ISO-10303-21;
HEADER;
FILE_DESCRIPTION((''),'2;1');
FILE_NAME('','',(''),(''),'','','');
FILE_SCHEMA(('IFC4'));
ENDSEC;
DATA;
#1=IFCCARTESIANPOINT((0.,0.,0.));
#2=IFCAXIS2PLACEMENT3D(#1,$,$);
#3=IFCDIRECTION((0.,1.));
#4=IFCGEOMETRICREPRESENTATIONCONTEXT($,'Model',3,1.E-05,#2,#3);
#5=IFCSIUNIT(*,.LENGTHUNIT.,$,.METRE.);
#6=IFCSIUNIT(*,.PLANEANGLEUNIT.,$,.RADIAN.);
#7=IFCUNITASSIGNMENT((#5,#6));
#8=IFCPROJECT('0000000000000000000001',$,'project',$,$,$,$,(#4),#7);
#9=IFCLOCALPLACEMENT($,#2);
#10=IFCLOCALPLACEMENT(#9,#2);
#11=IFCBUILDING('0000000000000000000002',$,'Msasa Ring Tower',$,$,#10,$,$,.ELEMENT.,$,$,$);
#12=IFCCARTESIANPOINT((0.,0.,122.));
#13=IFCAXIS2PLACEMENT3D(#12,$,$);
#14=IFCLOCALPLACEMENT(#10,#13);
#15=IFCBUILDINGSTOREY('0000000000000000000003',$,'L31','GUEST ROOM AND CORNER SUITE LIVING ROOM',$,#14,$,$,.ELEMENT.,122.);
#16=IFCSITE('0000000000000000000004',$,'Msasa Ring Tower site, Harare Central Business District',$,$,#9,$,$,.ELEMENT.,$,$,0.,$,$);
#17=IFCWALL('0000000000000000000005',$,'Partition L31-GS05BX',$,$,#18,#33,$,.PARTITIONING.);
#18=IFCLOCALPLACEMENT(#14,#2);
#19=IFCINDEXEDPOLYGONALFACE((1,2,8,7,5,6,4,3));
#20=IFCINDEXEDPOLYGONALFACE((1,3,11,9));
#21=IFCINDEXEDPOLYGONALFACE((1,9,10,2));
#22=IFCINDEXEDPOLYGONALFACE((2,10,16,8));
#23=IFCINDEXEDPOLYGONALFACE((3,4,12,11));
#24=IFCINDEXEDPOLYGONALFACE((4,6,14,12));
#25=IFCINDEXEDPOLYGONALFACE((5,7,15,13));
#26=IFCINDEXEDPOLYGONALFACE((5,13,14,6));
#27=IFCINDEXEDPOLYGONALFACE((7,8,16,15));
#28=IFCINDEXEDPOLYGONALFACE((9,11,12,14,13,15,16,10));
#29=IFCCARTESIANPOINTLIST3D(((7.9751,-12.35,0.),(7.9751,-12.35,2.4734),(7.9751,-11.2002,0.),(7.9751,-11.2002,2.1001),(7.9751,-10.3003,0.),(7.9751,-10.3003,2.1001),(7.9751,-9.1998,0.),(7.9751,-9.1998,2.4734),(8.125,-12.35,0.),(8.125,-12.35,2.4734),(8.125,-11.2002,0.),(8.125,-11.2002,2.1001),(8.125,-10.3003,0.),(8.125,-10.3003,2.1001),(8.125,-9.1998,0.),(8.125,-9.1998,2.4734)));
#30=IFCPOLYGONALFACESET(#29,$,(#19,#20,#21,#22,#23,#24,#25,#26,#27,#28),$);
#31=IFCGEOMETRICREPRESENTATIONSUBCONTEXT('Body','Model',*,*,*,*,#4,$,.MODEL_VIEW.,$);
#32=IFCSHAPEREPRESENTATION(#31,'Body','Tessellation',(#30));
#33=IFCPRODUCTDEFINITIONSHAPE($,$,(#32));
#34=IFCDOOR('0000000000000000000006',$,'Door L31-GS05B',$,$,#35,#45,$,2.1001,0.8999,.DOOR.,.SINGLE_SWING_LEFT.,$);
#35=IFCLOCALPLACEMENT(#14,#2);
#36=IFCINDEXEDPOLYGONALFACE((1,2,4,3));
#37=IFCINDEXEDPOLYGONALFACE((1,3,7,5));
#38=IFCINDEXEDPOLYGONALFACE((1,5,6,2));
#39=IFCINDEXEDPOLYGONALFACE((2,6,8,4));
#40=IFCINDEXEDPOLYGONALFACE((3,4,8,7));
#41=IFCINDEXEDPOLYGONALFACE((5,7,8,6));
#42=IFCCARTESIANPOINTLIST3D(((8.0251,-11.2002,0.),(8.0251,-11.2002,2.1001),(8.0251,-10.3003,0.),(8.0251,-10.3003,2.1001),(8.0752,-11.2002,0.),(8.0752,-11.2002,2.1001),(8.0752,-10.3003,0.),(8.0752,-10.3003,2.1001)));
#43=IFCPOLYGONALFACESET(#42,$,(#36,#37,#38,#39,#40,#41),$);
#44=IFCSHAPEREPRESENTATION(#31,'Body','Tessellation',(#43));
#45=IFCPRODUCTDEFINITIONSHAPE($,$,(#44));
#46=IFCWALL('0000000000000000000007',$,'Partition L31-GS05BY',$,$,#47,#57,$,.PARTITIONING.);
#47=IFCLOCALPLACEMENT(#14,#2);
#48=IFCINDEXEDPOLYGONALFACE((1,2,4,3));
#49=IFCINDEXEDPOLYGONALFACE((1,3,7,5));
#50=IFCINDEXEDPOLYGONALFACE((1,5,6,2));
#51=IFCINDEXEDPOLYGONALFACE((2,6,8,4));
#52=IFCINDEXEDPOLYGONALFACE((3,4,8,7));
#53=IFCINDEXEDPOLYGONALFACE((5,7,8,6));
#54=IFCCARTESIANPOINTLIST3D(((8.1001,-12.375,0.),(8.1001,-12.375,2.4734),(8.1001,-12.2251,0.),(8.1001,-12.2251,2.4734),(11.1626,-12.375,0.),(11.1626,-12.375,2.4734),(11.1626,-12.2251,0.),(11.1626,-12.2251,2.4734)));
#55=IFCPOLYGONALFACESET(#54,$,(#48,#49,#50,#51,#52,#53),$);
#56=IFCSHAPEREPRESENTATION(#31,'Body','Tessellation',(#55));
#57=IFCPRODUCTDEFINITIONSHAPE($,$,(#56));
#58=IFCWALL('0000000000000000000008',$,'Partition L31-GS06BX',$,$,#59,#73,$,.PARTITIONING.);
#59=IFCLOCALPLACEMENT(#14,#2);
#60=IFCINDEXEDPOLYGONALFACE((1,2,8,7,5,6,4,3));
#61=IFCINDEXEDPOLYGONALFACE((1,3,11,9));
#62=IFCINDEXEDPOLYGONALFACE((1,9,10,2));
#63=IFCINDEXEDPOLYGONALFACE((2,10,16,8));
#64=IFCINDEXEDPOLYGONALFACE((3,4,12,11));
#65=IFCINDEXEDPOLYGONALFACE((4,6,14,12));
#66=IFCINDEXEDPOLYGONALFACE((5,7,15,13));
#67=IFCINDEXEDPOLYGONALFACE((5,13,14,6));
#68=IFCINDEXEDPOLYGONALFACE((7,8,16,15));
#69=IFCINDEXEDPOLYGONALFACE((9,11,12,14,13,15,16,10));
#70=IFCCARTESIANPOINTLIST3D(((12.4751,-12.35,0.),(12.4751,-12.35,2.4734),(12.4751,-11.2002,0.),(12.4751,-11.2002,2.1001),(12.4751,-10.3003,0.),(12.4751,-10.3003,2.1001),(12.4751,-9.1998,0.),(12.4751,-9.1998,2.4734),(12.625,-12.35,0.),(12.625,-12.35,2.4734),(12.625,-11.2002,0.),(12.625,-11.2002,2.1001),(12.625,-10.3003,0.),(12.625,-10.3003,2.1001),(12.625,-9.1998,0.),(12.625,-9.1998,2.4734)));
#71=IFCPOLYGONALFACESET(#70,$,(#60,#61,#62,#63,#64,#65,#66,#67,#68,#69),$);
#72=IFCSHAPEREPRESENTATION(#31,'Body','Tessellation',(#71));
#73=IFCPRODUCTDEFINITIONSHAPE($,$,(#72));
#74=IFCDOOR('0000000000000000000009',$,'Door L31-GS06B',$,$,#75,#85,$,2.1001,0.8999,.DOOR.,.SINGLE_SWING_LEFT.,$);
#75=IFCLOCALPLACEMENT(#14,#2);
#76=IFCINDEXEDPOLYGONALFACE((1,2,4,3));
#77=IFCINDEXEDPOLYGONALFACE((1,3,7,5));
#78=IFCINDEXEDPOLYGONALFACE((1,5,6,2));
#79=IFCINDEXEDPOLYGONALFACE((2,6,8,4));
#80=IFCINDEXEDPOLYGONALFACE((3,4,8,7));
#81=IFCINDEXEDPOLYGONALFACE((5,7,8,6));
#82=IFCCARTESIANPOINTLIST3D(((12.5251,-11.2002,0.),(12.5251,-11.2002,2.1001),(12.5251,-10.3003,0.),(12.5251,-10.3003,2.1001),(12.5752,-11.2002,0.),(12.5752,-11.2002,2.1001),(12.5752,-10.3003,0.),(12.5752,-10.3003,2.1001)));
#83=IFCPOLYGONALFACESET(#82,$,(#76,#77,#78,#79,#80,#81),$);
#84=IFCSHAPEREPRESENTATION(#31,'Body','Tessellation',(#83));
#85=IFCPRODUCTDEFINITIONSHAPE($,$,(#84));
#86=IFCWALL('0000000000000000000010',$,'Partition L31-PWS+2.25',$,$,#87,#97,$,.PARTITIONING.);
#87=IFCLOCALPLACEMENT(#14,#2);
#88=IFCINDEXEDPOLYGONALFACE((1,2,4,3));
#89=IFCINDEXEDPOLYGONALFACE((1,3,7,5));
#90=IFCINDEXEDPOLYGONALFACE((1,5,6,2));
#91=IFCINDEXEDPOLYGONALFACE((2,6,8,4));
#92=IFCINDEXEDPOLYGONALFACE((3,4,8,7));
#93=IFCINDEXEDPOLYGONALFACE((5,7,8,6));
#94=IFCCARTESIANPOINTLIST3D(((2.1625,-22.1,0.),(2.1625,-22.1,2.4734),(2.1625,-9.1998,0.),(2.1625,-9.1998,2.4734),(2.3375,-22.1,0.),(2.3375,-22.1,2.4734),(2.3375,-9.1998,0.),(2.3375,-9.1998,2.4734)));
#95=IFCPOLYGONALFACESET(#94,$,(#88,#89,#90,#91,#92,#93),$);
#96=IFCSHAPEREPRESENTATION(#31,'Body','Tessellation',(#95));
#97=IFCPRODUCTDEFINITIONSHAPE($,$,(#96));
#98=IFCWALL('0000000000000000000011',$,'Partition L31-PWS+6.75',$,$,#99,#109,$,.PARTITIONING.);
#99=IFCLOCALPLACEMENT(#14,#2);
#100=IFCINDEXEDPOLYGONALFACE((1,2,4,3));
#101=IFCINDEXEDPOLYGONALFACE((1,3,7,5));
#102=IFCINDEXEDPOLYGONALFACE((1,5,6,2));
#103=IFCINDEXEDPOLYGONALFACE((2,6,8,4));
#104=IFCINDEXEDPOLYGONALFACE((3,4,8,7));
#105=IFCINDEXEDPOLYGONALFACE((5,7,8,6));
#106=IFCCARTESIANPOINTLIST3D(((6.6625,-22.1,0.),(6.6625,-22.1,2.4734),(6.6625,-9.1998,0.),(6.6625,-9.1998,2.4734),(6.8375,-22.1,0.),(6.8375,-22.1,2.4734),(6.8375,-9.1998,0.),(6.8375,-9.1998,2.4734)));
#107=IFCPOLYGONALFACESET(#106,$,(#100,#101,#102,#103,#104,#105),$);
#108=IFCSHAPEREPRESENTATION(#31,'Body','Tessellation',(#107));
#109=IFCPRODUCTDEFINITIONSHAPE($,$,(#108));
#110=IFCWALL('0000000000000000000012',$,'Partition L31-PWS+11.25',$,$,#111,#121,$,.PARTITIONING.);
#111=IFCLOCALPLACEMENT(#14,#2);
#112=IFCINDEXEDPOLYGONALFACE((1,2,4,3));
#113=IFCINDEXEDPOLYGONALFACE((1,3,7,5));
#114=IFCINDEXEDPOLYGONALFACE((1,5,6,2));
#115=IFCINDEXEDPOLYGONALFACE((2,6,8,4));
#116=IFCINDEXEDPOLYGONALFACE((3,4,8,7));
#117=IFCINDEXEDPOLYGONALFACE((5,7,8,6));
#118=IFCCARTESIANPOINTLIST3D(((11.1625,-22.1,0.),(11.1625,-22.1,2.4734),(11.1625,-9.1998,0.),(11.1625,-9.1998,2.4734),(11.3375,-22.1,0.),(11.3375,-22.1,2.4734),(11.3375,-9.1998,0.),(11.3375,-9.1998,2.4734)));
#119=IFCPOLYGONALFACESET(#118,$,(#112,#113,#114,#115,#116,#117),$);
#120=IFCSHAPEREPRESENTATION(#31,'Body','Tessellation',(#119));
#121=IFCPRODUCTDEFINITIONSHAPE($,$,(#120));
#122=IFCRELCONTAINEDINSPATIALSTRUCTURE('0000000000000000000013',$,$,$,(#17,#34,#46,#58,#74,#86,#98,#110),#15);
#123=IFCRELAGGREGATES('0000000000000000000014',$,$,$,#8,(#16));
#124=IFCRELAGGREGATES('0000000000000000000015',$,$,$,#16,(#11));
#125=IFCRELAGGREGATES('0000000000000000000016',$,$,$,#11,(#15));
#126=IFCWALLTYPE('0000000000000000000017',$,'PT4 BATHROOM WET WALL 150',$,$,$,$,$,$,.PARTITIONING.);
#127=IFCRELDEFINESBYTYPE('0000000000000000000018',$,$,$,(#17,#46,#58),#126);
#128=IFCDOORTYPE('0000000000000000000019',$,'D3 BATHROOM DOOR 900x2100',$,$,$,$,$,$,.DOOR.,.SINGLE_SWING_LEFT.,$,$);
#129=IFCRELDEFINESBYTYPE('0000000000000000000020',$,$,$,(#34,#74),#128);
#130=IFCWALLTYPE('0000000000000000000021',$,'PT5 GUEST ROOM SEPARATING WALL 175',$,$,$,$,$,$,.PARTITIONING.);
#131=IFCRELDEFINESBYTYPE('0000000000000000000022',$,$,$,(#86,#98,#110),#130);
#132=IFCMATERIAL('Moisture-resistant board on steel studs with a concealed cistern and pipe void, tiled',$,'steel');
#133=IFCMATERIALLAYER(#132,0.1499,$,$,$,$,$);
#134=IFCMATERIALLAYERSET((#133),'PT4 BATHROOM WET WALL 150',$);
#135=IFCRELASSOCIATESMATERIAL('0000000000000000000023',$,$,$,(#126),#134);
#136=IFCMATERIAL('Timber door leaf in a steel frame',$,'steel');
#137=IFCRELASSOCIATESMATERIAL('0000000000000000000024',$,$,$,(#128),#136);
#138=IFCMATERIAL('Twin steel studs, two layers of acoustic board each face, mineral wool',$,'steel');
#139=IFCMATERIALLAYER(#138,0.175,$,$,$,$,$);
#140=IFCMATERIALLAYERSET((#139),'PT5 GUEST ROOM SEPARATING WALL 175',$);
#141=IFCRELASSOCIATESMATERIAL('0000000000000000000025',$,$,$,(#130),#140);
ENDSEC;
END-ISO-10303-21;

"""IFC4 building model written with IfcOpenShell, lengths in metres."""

from ifc_helpers import new_model, si_unit, direction, frame, frame_2d, origin, place, context, subcontext, project, spatial, rectangle, extrude, material, layer, layer_set, type_object, element, fill, save


model = new_model("IFC4")

# Units and contexts
model_context = context("Model", 3, precision=1e-05, world=origin(), true_north=direction((0.0, 1.0)))
body_context = subcontext(model_context, "Body", "Model", "MODEL_VIEW")
ifc_project = project(units=[si_unit("LENGTHUNIT", "METRE"), si_unit("PLANEANGLEUNIT", "RADIAN")], contexts=[model_context])

# Site, building, storey
site_placement = place(None, origin())
site = spatial("IfcSite", under=ifc_project, at=site_placement, Name="Msasa Ring Tower site, Harare Central Business District", CompositionType="ELEMENT", RefElevation=0.0)
building_placement = place(site_placement, origin())
building = spatial("IfcBuilding", under=site, at=building_placement, Name="Msasa Ring Tower", CompositionType="ELEMENT")
storey_placement = place(building_placement, frame((0.0, 0.0, 122.0)))
storey = spatial("IfcBuildingStorey", under=building, at=storey_placement, Name="L31", Description="GUEST ROOM AND CORNER SUITE LIVING ROOM", CompositionType="ELEMENT", Elevation=122.0)

# Shared definitions
ifc_material_1 = material(Name="Moisture-resistant board on steel studs with a concealed cistern and pipe void, tiled", Category="steel")
ifc_layer_1 = layer(ifc_material_1, 0.1499)
ifc_layer_set_1 = layer_set([ifc_layer_1], Name="PT4 BATHROOM WET WALL 150")
wall_type_1 = type_object("IfcWallType", Name="PT4 BATHROOM WET WALL 150", PredefinedType="PARTITIONING", material=ifc_layer_set_1)
ifc_material_2 = material(Name="Timber door leaf in a steel frame", Category="steel")
door_type = type_object("IfcDoorType", Name="D3 BATHROOM DOOR 900x2100", OperationType="SINGLE_SWING_LEFT", PredefinedType="DOOR", material=ifc_material_2)

# Wall, opening, door
wall_1_placement = place(storey_placement, frame((8.05, -12.3501, 0.0), z_axis=(0.0, 0.0, 1.0), x_axis=(0.0, 1.0, 0.0)))
wall_1 = element("IfcWall", 1, at=wall_1_placement, inside=storey, type_object=wall_type_1, Name="Partition L31-GS05BX", PredefinedType="PARTITIONING", context=body_context, shape_type="SweptSolid", body=[
    extrude(rectangle(XDim=3.1501, YDim=0.1499, at=frame_2d((1.5752, 0.0))), origin(), (0.0, 0.0, 1.0), 2.4734),
])
opening_1_placement = place(wall_1_placement, frame((1.1499, 0.0, 0.0)))
opening_1 = element("IfcOpeningElement", 2, at=opening_1_placement, cuts=wall_1, PredefinedType="OPENING", context=body_context, shape_type="SweptSolid", body=[
    extrude(rectangle(XDim=0.8999, YDim=2.1001, at=frame_2d((0.45, 1.05))), frame((0.0, 0.085, 0.0), z_axis=(0.0, -1.0, 0.0), x_axis=(1.0, 0.0, 0.0)), (0.0, 0.0, 1.0), 0.1699),
])
door_1_placement = place(opening_1_placement, origin())
door_1 = element("IfcDoor", 3, at=door_1_placement, inside=storey, type_object=door_type, Name="Door L31-GS05B", OperationType="SINGLE_SWING_LEFT", OverallHeight=2.1001, OverallWidth=0.8999, PredefinedType="DOOR", context=body_context, shape_type="SweptSolid", body=[
    extrude(rectangle(XDim=0.8999, YDim=2.1001, at=frame_2d((0.45, 1.05))), frame((0.0, 0.0249, 0.0), z_axis=(0.0, -1.0, 0.0), x_axis=(1.0, 0.0, 0.0)), (0.0, 0.0, 1.0), 0.05),
])
fill(opening_1, door_1)

# Wall
wall_2_placement = place(storey_placement, frame((8.1001, -12.3, 0.0), z_axis=(0.0, 0.0, 1.0), x_axis=(1.0, 0.0, 0.0)))
element("IfcWall", 4, at=wall_2_placement, inside=storey, type_object=wall_type_1, Name="Partition L31-GS05BY", PredefinedType="PARTITIONING", context=body_context, shape_type="SweptSolid", body=[
    extrude(rectangle(XDim=3.0625, YDim=0.1499, at=frame_2d((1.5312, 0.0))), origin(), (0.0, 0.0, 1.0), 2.4734),
])

# Wall, opening, door
wall_3_placement = place(storey_placement, frame((12.55, -12.3501, 0.0), z_axis=(0.0, 0.0, 1.0), x_axis=(0.0, 1.0, 0.0)))
wall_3 = element("IfcWall", 5, at=wall_3_placement, inside=storey, type_object=wall_type_1, Name="Partition L31-GS06BX", PredefinedType="PARTITIONING", context=body_context, shape_type="SweptSolid", body=[
    extrude(rectangle(XDim=3.1501, YDim=0.1499, at=frame_2d((1.5752, 0.0))), origin(), (0.0, 0.0, 1.0), 2.4734),
])
opening_2_placement = place(wall_3_placement, frame((1.1499, 0.0, 0.0)))
opening_2 = element("IfcOpeningElement", 6, at=opening_2_placement, cuts=wall_3, PredefinedType="OPENING", context=body_context, shape_type="SweptSolid", body=[
    extrude(rectangle(XDim=0.8999, YDim=2.1001, at=frame_2d((0.45, 1.05))), frame((0.0, 0.085, 0.0), z_axis=(0.0, -1.0, 0.0), x_axis=(1.0, 0.0, 0.0)), (0.0, 0.0, 1.0), 0.1699),
])
door_2_placement = place(opening_2_placement, origin())
door_2 = element("IfcDoor", 7, at=door_2_placement, inside=storey, type_object=door_type, Name="Door L31-GS06B", OperationType="SINGLE_SWING_LEFT", OverallHeight=2.1001, OverallWidth=0.8999, PredefinedType="DOOR", context=body_context, shape_type="SweptSolid", body=[
    extrude(rectangle(XDim=0.8999, YDim=2.1001, at=frame_2d((0.45, 1.05))), frame((0.0, 0.0249, 0.0), z_axis=(0.0, -1.0, 0.0), x_axis=(1.0, 0.0, 0.0)), (0.0, 0.0, 1.0), 0.05),
])
fill(opening_2, door_2)

# Walls
ifc_material_3 = material(Name="Twin steel studs, two layers of acoustic board each face, mineral wool", Category="steel")
ifc_layer_2 = layer(ifc_material_3, 0.175)
ifc_layer_set_2 = layer_set([ifc_layer_2], Name="PT5 GUEST ROOM SEPARATING WALL 175")
wall_type_2 = type_object("IfcWallType", Name="PT5 GUEST ROOM SEPARATING WALL 175", PredefinedType="PARTITIONING", material=ifc_layer_set_2)
for number, where, z_axis, x_axis, name in (
    (8, (2.25, -22.1001, 0.0), (0.0, 0.0, 1.0), (0.0, 1.0, 0.0), "Partition L31-PWS+2.25"),
    (9, (6.75, -22.1001, 0.0), (0.0, 0.0, 1.0), (0.0, 1.0, 0.0), "Partition L31-PWS+6.75"),
    (10, (11.25, -22.1001, 0.0), (0.0, 0.0, 1.0), (0.0, 1.0, 0.0), "Partition L31-PWS+11.25"),
):
    element("IfcWall", number, at=place(storey_placement, frame(where, z_axis=z_axis, x_axis=x_axis)), inside=storey, type_object=wall_type_2, Name=name, PredefinedType="PARTITIONING", context=body_context, shape_type="SweptSolid", body=[
        extrude(rectangle(XDim=12.9001, YDim=0.175, at=frame_2d((6.4502, 0.0))), origin(), (0.0, 0.0, 1.0), 2.4734),
    ])

save(model, "model.ifc")
